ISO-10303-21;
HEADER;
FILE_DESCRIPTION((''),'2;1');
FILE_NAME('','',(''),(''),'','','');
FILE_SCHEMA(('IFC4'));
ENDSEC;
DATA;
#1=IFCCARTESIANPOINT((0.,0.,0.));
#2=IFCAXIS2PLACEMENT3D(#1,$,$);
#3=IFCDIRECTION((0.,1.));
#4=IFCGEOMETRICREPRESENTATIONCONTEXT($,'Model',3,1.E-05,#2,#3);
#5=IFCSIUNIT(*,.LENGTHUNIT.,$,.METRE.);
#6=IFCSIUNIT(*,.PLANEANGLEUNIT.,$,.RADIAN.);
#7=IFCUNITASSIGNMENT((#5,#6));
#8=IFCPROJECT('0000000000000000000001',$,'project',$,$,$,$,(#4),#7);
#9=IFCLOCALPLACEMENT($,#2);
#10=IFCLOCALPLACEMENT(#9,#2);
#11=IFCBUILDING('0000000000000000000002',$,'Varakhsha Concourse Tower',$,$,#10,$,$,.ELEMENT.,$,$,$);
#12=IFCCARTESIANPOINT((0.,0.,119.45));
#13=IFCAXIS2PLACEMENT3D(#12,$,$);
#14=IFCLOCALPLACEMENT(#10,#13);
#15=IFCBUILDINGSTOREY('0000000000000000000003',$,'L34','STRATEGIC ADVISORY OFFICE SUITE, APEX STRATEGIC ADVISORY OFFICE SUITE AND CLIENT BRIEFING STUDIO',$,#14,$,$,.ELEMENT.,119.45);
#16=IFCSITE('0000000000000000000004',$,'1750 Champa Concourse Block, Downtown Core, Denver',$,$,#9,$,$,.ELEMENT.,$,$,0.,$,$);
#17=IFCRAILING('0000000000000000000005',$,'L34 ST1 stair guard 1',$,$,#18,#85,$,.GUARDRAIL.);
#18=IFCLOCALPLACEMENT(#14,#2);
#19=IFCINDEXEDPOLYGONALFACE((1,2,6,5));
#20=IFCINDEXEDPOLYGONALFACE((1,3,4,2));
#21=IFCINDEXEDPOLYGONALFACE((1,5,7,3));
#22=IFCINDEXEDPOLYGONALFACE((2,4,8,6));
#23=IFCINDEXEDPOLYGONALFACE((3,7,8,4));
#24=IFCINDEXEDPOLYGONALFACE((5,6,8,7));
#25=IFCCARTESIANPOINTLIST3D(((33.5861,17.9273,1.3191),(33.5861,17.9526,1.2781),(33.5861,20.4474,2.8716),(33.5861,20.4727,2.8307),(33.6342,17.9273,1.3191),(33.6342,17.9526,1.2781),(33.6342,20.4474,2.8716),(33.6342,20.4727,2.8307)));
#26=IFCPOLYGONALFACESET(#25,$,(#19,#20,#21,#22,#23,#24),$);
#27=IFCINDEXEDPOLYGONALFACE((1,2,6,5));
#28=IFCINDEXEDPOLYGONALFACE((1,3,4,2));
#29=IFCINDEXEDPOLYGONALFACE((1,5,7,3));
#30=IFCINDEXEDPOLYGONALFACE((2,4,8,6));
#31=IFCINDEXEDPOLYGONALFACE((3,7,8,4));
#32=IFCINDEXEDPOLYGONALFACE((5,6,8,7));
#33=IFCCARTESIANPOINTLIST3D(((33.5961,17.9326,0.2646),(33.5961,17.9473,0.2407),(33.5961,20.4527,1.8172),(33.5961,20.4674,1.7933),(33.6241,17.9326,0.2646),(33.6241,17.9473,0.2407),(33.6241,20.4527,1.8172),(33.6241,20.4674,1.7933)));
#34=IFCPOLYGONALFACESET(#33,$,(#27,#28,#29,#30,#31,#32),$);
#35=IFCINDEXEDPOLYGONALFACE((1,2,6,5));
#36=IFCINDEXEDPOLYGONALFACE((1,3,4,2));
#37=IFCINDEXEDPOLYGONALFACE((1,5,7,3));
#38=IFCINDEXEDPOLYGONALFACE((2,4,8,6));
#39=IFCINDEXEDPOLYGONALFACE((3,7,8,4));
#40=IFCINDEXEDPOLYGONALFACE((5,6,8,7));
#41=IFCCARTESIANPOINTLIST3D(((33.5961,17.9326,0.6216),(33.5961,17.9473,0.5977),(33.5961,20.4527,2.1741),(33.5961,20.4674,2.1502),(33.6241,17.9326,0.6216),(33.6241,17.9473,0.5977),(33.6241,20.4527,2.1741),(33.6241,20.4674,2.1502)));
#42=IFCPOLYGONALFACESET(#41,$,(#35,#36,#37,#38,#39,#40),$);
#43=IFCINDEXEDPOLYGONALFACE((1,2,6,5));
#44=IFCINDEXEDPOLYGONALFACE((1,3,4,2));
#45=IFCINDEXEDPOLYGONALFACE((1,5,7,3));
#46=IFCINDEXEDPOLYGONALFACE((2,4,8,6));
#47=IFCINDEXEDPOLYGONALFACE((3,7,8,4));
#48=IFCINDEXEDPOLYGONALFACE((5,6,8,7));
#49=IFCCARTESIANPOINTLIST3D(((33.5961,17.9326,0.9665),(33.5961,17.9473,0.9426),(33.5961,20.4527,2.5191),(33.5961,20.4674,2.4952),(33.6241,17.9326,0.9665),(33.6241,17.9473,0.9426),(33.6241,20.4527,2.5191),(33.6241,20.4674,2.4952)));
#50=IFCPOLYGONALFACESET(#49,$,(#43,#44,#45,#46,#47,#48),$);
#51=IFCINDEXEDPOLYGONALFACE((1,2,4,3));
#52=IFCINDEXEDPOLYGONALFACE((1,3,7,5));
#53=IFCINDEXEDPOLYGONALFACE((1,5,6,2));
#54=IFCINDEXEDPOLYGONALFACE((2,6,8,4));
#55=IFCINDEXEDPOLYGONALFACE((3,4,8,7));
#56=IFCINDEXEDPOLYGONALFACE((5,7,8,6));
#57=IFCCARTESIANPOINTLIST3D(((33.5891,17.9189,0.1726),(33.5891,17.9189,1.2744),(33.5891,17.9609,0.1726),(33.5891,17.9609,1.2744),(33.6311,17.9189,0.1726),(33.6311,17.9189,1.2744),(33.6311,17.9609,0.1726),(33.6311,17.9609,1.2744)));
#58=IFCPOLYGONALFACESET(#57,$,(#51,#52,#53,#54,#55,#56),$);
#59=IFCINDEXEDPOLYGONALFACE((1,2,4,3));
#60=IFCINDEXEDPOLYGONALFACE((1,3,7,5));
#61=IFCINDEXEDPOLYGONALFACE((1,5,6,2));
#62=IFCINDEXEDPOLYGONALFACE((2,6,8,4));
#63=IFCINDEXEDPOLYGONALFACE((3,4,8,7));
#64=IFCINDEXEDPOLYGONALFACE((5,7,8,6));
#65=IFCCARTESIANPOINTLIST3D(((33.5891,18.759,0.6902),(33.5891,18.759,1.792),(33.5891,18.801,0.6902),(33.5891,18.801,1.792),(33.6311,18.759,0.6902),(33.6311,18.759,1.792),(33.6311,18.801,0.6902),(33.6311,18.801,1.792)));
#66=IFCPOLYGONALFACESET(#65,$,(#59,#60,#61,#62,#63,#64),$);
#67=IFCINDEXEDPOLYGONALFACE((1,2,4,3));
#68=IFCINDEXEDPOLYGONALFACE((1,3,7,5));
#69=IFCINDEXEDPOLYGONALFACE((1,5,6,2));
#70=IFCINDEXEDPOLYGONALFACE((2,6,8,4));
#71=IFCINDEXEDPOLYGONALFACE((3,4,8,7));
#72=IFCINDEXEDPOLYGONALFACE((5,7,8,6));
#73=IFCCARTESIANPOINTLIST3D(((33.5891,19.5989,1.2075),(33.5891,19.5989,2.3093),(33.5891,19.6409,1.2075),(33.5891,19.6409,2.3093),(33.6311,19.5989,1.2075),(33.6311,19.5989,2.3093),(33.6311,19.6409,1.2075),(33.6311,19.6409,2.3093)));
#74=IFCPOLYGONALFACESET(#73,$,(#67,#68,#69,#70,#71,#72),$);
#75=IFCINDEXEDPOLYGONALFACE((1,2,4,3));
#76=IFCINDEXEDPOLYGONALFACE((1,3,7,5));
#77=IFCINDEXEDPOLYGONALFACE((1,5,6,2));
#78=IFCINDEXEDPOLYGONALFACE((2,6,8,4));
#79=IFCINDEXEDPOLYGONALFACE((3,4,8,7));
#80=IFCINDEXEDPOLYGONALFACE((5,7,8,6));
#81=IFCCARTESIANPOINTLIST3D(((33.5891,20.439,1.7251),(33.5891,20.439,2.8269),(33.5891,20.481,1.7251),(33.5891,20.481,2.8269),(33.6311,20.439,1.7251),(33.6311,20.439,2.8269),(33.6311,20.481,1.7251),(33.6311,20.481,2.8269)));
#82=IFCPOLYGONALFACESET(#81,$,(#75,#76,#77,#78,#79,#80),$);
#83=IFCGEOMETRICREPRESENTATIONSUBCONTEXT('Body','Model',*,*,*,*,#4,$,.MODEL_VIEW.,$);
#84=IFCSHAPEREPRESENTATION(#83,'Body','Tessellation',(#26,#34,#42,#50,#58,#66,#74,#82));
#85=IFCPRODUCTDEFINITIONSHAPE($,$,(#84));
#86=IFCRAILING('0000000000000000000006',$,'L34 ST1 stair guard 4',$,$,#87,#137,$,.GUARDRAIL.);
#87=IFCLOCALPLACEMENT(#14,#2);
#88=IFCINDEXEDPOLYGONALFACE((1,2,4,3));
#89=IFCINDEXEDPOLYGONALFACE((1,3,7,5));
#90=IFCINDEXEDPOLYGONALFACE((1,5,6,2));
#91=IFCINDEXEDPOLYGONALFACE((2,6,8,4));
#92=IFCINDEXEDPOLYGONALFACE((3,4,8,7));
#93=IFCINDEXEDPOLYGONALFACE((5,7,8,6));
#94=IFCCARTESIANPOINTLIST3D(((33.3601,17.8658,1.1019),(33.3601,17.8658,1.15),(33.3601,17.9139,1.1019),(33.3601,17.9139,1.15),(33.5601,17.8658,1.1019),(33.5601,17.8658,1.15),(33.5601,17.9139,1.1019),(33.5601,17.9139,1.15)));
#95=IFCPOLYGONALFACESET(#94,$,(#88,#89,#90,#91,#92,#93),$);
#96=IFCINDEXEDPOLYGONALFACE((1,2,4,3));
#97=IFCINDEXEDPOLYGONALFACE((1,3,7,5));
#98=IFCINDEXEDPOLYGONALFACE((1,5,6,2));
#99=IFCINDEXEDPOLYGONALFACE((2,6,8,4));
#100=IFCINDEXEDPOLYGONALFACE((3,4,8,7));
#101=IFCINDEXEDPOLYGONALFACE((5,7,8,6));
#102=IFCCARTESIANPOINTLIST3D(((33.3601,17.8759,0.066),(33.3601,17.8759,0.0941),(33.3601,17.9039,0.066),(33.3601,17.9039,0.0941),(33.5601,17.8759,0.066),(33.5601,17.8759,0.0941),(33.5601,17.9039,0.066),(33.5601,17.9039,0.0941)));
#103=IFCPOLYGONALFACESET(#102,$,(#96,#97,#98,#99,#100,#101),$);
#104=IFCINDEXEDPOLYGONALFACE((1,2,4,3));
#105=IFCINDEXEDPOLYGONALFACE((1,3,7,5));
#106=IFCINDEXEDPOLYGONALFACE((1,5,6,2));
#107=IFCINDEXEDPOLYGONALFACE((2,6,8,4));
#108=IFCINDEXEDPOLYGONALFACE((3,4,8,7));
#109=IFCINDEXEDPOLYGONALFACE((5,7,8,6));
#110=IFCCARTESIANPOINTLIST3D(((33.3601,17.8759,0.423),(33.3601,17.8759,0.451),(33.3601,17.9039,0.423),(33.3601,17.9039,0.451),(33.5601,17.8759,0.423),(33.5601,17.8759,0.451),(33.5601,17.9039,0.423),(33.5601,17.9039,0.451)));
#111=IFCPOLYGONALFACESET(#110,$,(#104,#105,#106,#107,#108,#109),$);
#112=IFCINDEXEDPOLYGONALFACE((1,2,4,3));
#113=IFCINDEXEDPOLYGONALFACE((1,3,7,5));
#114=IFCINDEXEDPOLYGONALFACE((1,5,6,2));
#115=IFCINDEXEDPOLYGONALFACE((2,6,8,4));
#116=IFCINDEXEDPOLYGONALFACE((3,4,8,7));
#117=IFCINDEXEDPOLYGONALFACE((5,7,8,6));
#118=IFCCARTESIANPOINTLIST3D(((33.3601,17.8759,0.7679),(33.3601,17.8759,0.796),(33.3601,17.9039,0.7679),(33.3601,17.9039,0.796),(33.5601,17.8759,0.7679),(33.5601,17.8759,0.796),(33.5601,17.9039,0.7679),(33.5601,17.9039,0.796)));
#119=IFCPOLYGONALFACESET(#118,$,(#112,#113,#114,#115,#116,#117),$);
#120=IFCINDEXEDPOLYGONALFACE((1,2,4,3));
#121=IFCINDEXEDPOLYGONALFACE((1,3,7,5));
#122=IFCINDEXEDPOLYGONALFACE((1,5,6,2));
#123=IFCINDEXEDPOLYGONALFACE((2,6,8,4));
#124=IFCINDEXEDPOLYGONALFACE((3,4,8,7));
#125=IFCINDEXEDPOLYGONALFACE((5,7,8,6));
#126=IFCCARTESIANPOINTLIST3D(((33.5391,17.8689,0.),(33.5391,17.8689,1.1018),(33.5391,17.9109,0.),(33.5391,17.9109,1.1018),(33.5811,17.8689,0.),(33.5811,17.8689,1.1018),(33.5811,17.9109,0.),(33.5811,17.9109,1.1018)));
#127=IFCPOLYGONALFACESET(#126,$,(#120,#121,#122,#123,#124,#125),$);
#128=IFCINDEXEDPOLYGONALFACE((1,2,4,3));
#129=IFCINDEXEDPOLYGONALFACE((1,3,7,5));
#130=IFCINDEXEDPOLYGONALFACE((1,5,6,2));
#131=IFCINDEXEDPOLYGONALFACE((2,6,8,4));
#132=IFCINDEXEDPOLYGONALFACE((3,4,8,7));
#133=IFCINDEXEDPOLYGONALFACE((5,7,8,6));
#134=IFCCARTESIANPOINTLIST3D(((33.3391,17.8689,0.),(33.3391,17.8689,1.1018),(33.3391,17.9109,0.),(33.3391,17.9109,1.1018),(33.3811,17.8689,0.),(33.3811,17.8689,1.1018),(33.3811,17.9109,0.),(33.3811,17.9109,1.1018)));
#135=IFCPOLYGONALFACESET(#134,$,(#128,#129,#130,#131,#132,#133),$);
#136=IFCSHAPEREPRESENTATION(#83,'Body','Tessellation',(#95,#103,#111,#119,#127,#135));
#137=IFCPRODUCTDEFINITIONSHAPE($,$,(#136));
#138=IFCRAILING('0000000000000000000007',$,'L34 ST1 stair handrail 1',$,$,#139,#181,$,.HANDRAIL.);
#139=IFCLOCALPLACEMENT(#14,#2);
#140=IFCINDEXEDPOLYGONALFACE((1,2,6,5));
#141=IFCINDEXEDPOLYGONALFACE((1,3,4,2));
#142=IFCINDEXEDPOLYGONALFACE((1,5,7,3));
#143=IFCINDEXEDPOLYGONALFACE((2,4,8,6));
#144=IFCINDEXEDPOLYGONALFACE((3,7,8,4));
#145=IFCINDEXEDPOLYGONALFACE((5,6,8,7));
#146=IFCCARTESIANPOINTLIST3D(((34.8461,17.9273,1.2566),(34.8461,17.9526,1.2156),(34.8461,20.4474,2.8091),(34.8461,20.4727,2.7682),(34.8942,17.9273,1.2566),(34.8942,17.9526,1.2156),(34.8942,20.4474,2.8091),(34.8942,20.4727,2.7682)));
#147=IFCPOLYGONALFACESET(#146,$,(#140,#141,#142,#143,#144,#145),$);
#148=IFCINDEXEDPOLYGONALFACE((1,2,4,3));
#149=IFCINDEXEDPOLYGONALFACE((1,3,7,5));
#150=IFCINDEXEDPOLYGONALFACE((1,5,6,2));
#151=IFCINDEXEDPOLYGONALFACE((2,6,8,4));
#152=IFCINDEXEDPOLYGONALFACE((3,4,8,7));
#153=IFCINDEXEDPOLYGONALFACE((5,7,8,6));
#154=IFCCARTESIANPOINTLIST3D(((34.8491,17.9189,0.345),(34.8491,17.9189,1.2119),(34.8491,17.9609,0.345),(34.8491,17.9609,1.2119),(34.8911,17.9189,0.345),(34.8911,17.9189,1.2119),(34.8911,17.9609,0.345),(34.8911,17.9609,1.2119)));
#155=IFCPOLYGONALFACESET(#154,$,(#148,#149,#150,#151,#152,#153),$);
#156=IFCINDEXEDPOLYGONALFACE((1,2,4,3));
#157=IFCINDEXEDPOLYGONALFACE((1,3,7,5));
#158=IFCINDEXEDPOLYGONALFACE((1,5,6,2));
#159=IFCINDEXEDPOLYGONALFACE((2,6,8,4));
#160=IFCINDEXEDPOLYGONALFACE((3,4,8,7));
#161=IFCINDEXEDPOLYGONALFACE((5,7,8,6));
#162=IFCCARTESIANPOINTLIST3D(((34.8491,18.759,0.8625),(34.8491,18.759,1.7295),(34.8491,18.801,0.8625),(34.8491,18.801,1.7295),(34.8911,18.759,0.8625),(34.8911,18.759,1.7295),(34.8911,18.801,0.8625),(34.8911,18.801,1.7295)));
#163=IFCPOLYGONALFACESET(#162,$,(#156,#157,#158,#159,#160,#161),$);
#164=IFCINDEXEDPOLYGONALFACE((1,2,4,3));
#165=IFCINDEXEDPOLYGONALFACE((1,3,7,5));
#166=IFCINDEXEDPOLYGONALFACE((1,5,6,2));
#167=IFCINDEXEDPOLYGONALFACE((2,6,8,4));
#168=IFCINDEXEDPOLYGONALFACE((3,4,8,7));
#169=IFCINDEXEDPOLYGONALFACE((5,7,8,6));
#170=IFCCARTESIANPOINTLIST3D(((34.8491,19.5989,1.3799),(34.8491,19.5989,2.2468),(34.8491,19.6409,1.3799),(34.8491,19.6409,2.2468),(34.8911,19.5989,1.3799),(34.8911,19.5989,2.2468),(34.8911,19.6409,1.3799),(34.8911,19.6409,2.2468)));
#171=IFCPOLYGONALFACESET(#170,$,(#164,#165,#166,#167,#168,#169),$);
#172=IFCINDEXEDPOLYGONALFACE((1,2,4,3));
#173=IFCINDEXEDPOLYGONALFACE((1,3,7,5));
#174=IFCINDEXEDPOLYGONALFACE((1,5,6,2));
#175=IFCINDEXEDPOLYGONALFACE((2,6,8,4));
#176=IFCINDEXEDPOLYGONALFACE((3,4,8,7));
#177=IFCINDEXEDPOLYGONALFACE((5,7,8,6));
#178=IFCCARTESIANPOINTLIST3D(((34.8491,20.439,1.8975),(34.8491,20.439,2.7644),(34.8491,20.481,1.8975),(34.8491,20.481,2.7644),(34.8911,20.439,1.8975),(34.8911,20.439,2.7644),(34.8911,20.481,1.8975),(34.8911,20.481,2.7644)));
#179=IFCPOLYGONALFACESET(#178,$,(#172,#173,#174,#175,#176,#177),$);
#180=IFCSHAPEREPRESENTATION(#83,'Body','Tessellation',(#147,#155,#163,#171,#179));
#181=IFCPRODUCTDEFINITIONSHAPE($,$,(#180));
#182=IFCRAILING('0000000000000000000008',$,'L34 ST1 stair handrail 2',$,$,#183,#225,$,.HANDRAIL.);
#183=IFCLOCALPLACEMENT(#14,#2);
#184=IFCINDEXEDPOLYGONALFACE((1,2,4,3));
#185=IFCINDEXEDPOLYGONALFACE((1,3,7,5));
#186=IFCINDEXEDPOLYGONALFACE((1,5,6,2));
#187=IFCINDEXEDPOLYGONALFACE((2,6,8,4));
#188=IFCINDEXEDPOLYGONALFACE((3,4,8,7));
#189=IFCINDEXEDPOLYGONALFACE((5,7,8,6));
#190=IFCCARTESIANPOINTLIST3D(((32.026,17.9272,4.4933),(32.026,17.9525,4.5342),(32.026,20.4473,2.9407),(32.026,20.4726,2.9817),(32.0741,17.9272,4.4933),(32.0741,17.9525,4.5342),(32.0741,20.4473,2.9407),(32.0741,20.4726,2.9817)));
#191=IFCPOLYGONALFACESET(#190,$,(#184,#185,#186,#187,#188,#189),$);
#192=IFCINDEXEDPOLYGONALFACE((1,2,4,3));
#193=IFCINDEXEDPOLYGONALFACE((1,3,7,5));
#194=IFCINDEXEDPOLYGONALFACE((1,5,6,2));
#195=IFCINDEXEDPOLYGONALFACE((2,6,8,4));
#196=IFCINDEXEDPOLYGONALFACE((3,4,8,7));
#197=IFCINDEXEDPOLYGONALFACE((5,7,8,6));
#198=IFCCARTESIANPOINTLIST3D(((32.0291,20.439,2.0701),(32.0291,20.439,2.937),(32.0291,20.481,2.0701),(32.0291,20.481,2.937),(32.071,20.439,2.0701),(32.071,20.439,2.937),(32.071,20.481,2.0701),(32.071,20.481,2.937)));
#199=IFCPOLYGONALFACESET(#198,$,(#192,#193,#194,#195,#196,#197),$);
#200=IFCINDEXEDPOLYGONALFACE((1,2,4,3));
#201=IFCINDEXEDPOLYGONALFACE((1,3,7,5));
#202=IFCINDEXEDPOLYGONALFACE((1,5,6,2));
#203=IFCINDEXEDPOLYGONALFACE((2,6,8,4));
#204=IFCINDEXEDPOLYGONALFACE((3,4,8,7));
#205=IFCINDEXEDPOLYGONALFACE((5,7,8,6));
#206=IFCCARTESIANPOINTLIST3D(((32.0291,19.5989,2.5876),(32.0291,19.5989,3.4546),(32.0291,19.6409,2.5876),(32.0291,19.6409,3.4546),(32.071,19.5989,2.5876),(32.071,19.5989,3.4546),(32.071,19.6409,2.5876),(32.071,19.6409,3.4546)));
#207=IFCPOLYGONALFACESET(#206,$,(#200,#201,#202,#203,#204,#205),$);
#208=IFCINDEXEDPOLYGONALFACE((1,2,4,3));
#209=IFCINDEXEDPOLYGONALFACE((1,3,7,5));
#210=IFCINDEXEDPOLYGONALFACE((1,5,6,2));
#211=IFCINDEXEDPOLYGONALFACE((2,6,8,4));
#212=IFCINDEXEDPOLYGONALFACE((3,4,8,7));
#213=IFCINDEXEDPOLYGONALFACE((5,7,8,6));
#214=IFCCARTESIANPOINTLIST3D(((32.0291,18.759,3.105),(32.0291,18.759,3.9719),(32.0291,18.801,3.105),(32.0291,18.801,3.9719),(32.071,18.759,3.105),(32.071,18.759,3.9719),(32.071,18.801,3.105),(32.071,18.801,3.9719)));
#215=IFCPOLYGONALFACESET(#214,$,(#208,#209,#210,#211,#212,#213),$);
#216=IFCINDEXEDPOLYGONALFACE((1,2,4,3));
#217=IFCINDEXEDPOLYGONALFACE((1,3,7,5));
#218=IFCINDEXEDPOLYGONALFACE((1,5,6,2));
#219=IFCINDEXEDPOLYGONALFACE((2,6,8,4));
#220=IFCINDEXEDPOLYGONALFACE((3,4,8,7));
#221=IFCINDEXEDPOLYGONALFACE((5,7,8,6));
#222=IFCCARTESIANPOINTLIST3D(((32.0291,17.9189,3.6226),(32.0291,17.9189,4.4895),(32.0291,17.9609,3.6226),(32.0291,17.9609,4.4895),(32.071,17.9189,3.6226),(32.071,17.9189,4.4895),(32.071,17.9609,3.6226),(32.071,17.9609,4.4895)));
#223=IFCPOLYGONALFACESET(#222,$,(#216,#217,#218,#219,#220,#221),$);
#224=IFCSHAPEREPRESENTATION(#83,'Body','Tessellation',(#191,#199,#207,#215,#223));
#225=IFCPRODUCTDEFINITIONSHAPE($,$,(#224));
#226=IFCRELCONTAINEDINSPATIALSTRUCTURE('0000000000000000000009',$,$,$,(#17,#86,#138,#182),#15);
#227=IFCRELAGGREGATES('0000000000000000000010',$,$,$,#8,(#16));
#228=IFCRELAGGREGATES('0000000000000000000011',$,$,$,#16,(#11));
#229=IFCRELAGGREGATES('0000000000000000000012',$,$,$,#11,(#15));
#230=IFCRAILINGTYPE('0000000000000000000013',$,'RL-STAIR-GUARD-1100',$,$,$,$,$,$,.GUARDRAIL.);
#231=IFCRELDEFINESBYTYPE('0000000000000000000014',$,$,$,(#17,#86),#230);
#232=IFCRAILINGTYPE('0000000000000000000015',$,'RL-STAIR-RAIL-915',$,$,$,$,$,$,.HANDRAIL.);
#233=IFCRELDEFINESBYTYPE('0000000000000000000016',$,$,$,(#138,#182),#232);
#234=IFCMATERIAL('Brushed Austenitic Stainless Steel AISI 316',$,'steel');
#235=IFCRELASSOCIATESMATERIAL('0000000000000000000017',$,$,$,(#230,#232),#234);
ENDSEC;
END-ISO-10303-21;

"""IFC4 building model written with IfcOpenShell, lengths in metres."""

from ifc_helpers import new_model, si_unit, direction, frame, origin, origin_2d, place, context, subcontext, project, spatial, rectangle, extrude, material, type_object, element, save


model = new_model("IFC4")

# Units and contexts
model_context = context("Model", 3, precision=1e-05, world=origin(), true_north=direction((0.0, 1.0)))
body_context = subcontext(model_context, "Body", "Model", "MODEL_VIEW")
ifc_project = project(units=[si_unit("LENGTHUNIT", "METRE"), si_unit("PLANEANGLEUNIT", "RADIAN")], contexts=[model_context])

# Site, building, storey
site_placement = place(None, origin())
site = spatial("IfcSite", under=ifc_project, at=site_placement, Name="1750 Champa Concourse Block, Downtown Core, Denver", CompositionType="ELEMENT", RefElevation=0.0)
building_placement = place(site_placement, origin())
building = spatial("IfcBuilding", under=site, at=building_placement, Name="Varakhsha Concourse Tower", CompositionType="ELEMENT")
storey_placement = place(building_placement, frame((0.0, 0.0, 119.45)))
storey = spatial("IfcBuildingStorey", under=building, at=storey_placement, Name="L34", Description="STRATEGIC ADVISORY OFFICE SUITE, APEX STRATEGIC ADVISORY OFFICE SUITE AND CLIENT BRIEFING STUDIO", CompositionType="ELEMENT", Elevation=119.45)

# Railings
ifc_material_1 = material(Name="Brushed Austenitic Stainless Steel AISI 316", Category="steel")
railing_type_1 = type_object("IfcRailingType", Name="RL-STAIR-GUARD-1100", PredefinedType="GUARDRAIL", material=ifc_material_1)
railing_1_placement = place(storey_placement, frame((33.6101, 17.9399, 0.1726)))
element("IfcRailing", 1, at=railing_1_placement, inside=storey, type_object=railing_type_1, Name="L34 ST1 stair guard 1", PredefinedType="GUARDRAIL", context=body_context, shape_type="SweptSolid", body=[
    extrude(rectangle(XDim=0.0481, YDim=0.0481, at=origin_2d()), frame((0.0, 0.0, 1.126), z_axis=(0.0, 0.8514, 0.524516), x_axis=(-1.0, 0.0, 0.0)), (0.0, 0.0, 1.0), 2.96),
    extrude(rectangle(XDim=0.0281, YDim=0.0281, at=origin_2d()), frame((0.0, 0.0, 0.0801), z_axis=(0.0, 0.8514, 0.524516), x_axis=(-1.0, 0.0, 0.0)), (0.0, 0.0, 1.0), 2.96),
    extrude(rectangle(XDim=0.0281, YDim=0.0281, at=origin_2d()), frame((0.0, 0.0, 0.437), z_axis=(0.0, 0.8514, 0.524516), x_axis=(-1.0, 0.0, 0.0)), (0.0, 0.0, 1.0), 2.96),
    extrude(rectangle(XDim=0.0281, YDim=0.0281, at=origin_2d()), frame((0.0, 0.0, 0.782), z_axis=(0.0, 0.8514, 0.524516), x_axis=(-1.0, 0.0, 0.0)), (0.0, 0.0, 1.0), 2.96),
    extrude(rectangle(XDim=0.042, YDim=0.042, at=origin_2d()), origin(), (0.0, 0.0, 1.0), 1.1018),
    extrude(rectangle(XDim=0.042, YDim=0.042, at=origin_2d()), frame((0.0, 0.8401, 0.5176)), (0.0, 0.0, 1.0), 1.1018),
    extrude(rectangle(XDim=0.042, YDim=0.042, at=origin_2d()), frame((0.0, 1.6799, 1.0349)), (0.0, 0.0, 1.0), 1.1018),
    extrude(rectangle(XDim=0.042, YDim=0.042, at=origin_2d()), frame((0.0, 2.52, 1.5525)), (0.0, 0.0, 1.0), 1.1018),
])
railing_2_placement = place(storey_placement, frame((33.5601, 17.8899, 0.0)))
element("IfcRailing", 2, at=railing_2_placement, inside=storey, type_object=railing_type_1, Name="L34 ST1 stair guard 4", PredefinedType="GUARDRAIL", context=body_context, shape_type="SweptSolid", body=[
    extrude(rectangle(XDim=0.0481, YDim=0.0481, at=origin_2d()), frame((0.0, 0.0, 1.126), z_axis=(-1.0, 0.0, 0.0), x_axis=(0.0, -1.0, 0.0)), (0.0, 0.0, 1.0), 0.2),
    extrude(rectangle(XDim=0.0281, YDim=0.0281, at=origin_2d()), frame((0.0, 0.0, 0.0801), z_axis=(-1.0, 0.0, 0.0), x_axis=(0.0, -1.0, 0.0)), (0.0, 0.0, 1.0), 0.2),
    extrude(rectangle(XDim=0.0281, YDim=0.0281, at=origin_2d()), frame((0.0, 0.0, 0.437), z_axis=(-1.0, 0.0, 0.0), x_axis=(0.0, -1.0, 0.0)), (0.0, 0.0, 1.0), 0.2),
    extrude(rectangle(XDim=0.0281, YDim=0.0281, at=origin_2d()), frame((0.0, 0.0, 0.782), z_axis=(-1.0, 0.0, 0.0), x_axis=(0.0, -1.0, 0.0)), (0.0, 0.0, 1.0), 0.2),
    extrude(rectangle(XDim=0.042, YDim=0.042, at=origin_2d()), origin(), (0.0, 0.0, 1.0), 1.1018),
    extrude(rectangle(XDim=0.042, YDim=0.042, at=origin_2d()), frame((-0.2, 0.0, 0.0)), (0.0, 0.0, 1.0), 1.1018),
])
railing_type_2 = type_object("IfcRailingType", Name="RL-STAIR-RAIL-915", PredefinedType="HANDRAIL", material=ifc_material_1)
railing_3_placement = place(storey_placement, frame((34.8701, 17.9399, 0.345)))
element("IfcRailing", 3, at=railing_3_placement, inside=storey, type_object=railing_type_2, Name="L34 ST1 stair handrail 1", PredefinedType="HANDRAIL", context=body_context, shape_type="SweptSolid", body=[
    extrude(rectangle(XDim=0.0481, YDim=0.0481, at=origin_2d()), frame((0.0, 0.0, 0.8911), z_axis=(0.0, 0.8514, 0.524516), x_axis=(-1.0, 0.0, 0.0)), (0.0, 0.0, 1.0), 2.96),
    extrude(rectangle(XDim=0.042, YDim=0.042, at=origin_2d()), origin(), (0.0, 0.0, 1.0), 0.8669),
    extrude(rectangle(XDim=0.042, YDim=0.042, at=origin_2d()), frame((0.0, 0.8401, 0.5176)), (0.0, 0.0, 1.0), 0.8669),
    extrude(rectangle(XDim=0.042, YDim=0.042, at=origin_2d()), frame((0.0, 1.6799, 1.0349)), (0.0, 0.0, 1.0), 0.8669),
    extrude(rectangle(XDim=0.042, YDim=0.042, at=origin_2d()), frame((0.0, 2.52, 1.5525)), (0.0, 0.0, 1.0), 0.8669),
])
railing_4_placement = place(storey_placement, frame((32.05, 20.46, 2.0701)))
element("IfcRailing", 4, at=railing_4_placement, inside=storey, type_object=railing_type_2, Name="L34 ST1 stair handrail 2", PredefinedType="HANDRAIL", context=body_context, shape_type="SweptSolid", body=[
    extrude(rectangle(XDim=0.0481, YDim=0.0481, at=origin_2d()), frame((0.0, 0.0, 0.8911), z_axis=(0.0, -0.8514, 0.524516), x_axis=(1.0, 0.0, 0.0)), (0.0, 0.0, 1.0), 2.96),
    extrude(rectangle(XDim=0.042, YDim=0.042, at=origin_2d()), origin(), (0.0, 0.0, 1.0), 0.8669),
    extrude(rectangle(XDim=0.042, YDim=0.042, at=origin_2d()), frame((0.0, -0.8401, 0.5176)), (0.0, 0.0, 1.0), 0.8669),
    extrude(rectangle(XDim=0.042, YDim=0.042, at=origin_2d()), frame((0.0, -1.6799, 1.0349)), (0.0, 0.0, 1.0), 0.8669),
    extrude(rectangle(XDim=0.042, YDim=0.042, at=origin_2d()), frame((0.0, -2.52, 1.5525)), (0.0, 0.0, 1.0), 0.8669),
])

save(model, "model.ifc")
